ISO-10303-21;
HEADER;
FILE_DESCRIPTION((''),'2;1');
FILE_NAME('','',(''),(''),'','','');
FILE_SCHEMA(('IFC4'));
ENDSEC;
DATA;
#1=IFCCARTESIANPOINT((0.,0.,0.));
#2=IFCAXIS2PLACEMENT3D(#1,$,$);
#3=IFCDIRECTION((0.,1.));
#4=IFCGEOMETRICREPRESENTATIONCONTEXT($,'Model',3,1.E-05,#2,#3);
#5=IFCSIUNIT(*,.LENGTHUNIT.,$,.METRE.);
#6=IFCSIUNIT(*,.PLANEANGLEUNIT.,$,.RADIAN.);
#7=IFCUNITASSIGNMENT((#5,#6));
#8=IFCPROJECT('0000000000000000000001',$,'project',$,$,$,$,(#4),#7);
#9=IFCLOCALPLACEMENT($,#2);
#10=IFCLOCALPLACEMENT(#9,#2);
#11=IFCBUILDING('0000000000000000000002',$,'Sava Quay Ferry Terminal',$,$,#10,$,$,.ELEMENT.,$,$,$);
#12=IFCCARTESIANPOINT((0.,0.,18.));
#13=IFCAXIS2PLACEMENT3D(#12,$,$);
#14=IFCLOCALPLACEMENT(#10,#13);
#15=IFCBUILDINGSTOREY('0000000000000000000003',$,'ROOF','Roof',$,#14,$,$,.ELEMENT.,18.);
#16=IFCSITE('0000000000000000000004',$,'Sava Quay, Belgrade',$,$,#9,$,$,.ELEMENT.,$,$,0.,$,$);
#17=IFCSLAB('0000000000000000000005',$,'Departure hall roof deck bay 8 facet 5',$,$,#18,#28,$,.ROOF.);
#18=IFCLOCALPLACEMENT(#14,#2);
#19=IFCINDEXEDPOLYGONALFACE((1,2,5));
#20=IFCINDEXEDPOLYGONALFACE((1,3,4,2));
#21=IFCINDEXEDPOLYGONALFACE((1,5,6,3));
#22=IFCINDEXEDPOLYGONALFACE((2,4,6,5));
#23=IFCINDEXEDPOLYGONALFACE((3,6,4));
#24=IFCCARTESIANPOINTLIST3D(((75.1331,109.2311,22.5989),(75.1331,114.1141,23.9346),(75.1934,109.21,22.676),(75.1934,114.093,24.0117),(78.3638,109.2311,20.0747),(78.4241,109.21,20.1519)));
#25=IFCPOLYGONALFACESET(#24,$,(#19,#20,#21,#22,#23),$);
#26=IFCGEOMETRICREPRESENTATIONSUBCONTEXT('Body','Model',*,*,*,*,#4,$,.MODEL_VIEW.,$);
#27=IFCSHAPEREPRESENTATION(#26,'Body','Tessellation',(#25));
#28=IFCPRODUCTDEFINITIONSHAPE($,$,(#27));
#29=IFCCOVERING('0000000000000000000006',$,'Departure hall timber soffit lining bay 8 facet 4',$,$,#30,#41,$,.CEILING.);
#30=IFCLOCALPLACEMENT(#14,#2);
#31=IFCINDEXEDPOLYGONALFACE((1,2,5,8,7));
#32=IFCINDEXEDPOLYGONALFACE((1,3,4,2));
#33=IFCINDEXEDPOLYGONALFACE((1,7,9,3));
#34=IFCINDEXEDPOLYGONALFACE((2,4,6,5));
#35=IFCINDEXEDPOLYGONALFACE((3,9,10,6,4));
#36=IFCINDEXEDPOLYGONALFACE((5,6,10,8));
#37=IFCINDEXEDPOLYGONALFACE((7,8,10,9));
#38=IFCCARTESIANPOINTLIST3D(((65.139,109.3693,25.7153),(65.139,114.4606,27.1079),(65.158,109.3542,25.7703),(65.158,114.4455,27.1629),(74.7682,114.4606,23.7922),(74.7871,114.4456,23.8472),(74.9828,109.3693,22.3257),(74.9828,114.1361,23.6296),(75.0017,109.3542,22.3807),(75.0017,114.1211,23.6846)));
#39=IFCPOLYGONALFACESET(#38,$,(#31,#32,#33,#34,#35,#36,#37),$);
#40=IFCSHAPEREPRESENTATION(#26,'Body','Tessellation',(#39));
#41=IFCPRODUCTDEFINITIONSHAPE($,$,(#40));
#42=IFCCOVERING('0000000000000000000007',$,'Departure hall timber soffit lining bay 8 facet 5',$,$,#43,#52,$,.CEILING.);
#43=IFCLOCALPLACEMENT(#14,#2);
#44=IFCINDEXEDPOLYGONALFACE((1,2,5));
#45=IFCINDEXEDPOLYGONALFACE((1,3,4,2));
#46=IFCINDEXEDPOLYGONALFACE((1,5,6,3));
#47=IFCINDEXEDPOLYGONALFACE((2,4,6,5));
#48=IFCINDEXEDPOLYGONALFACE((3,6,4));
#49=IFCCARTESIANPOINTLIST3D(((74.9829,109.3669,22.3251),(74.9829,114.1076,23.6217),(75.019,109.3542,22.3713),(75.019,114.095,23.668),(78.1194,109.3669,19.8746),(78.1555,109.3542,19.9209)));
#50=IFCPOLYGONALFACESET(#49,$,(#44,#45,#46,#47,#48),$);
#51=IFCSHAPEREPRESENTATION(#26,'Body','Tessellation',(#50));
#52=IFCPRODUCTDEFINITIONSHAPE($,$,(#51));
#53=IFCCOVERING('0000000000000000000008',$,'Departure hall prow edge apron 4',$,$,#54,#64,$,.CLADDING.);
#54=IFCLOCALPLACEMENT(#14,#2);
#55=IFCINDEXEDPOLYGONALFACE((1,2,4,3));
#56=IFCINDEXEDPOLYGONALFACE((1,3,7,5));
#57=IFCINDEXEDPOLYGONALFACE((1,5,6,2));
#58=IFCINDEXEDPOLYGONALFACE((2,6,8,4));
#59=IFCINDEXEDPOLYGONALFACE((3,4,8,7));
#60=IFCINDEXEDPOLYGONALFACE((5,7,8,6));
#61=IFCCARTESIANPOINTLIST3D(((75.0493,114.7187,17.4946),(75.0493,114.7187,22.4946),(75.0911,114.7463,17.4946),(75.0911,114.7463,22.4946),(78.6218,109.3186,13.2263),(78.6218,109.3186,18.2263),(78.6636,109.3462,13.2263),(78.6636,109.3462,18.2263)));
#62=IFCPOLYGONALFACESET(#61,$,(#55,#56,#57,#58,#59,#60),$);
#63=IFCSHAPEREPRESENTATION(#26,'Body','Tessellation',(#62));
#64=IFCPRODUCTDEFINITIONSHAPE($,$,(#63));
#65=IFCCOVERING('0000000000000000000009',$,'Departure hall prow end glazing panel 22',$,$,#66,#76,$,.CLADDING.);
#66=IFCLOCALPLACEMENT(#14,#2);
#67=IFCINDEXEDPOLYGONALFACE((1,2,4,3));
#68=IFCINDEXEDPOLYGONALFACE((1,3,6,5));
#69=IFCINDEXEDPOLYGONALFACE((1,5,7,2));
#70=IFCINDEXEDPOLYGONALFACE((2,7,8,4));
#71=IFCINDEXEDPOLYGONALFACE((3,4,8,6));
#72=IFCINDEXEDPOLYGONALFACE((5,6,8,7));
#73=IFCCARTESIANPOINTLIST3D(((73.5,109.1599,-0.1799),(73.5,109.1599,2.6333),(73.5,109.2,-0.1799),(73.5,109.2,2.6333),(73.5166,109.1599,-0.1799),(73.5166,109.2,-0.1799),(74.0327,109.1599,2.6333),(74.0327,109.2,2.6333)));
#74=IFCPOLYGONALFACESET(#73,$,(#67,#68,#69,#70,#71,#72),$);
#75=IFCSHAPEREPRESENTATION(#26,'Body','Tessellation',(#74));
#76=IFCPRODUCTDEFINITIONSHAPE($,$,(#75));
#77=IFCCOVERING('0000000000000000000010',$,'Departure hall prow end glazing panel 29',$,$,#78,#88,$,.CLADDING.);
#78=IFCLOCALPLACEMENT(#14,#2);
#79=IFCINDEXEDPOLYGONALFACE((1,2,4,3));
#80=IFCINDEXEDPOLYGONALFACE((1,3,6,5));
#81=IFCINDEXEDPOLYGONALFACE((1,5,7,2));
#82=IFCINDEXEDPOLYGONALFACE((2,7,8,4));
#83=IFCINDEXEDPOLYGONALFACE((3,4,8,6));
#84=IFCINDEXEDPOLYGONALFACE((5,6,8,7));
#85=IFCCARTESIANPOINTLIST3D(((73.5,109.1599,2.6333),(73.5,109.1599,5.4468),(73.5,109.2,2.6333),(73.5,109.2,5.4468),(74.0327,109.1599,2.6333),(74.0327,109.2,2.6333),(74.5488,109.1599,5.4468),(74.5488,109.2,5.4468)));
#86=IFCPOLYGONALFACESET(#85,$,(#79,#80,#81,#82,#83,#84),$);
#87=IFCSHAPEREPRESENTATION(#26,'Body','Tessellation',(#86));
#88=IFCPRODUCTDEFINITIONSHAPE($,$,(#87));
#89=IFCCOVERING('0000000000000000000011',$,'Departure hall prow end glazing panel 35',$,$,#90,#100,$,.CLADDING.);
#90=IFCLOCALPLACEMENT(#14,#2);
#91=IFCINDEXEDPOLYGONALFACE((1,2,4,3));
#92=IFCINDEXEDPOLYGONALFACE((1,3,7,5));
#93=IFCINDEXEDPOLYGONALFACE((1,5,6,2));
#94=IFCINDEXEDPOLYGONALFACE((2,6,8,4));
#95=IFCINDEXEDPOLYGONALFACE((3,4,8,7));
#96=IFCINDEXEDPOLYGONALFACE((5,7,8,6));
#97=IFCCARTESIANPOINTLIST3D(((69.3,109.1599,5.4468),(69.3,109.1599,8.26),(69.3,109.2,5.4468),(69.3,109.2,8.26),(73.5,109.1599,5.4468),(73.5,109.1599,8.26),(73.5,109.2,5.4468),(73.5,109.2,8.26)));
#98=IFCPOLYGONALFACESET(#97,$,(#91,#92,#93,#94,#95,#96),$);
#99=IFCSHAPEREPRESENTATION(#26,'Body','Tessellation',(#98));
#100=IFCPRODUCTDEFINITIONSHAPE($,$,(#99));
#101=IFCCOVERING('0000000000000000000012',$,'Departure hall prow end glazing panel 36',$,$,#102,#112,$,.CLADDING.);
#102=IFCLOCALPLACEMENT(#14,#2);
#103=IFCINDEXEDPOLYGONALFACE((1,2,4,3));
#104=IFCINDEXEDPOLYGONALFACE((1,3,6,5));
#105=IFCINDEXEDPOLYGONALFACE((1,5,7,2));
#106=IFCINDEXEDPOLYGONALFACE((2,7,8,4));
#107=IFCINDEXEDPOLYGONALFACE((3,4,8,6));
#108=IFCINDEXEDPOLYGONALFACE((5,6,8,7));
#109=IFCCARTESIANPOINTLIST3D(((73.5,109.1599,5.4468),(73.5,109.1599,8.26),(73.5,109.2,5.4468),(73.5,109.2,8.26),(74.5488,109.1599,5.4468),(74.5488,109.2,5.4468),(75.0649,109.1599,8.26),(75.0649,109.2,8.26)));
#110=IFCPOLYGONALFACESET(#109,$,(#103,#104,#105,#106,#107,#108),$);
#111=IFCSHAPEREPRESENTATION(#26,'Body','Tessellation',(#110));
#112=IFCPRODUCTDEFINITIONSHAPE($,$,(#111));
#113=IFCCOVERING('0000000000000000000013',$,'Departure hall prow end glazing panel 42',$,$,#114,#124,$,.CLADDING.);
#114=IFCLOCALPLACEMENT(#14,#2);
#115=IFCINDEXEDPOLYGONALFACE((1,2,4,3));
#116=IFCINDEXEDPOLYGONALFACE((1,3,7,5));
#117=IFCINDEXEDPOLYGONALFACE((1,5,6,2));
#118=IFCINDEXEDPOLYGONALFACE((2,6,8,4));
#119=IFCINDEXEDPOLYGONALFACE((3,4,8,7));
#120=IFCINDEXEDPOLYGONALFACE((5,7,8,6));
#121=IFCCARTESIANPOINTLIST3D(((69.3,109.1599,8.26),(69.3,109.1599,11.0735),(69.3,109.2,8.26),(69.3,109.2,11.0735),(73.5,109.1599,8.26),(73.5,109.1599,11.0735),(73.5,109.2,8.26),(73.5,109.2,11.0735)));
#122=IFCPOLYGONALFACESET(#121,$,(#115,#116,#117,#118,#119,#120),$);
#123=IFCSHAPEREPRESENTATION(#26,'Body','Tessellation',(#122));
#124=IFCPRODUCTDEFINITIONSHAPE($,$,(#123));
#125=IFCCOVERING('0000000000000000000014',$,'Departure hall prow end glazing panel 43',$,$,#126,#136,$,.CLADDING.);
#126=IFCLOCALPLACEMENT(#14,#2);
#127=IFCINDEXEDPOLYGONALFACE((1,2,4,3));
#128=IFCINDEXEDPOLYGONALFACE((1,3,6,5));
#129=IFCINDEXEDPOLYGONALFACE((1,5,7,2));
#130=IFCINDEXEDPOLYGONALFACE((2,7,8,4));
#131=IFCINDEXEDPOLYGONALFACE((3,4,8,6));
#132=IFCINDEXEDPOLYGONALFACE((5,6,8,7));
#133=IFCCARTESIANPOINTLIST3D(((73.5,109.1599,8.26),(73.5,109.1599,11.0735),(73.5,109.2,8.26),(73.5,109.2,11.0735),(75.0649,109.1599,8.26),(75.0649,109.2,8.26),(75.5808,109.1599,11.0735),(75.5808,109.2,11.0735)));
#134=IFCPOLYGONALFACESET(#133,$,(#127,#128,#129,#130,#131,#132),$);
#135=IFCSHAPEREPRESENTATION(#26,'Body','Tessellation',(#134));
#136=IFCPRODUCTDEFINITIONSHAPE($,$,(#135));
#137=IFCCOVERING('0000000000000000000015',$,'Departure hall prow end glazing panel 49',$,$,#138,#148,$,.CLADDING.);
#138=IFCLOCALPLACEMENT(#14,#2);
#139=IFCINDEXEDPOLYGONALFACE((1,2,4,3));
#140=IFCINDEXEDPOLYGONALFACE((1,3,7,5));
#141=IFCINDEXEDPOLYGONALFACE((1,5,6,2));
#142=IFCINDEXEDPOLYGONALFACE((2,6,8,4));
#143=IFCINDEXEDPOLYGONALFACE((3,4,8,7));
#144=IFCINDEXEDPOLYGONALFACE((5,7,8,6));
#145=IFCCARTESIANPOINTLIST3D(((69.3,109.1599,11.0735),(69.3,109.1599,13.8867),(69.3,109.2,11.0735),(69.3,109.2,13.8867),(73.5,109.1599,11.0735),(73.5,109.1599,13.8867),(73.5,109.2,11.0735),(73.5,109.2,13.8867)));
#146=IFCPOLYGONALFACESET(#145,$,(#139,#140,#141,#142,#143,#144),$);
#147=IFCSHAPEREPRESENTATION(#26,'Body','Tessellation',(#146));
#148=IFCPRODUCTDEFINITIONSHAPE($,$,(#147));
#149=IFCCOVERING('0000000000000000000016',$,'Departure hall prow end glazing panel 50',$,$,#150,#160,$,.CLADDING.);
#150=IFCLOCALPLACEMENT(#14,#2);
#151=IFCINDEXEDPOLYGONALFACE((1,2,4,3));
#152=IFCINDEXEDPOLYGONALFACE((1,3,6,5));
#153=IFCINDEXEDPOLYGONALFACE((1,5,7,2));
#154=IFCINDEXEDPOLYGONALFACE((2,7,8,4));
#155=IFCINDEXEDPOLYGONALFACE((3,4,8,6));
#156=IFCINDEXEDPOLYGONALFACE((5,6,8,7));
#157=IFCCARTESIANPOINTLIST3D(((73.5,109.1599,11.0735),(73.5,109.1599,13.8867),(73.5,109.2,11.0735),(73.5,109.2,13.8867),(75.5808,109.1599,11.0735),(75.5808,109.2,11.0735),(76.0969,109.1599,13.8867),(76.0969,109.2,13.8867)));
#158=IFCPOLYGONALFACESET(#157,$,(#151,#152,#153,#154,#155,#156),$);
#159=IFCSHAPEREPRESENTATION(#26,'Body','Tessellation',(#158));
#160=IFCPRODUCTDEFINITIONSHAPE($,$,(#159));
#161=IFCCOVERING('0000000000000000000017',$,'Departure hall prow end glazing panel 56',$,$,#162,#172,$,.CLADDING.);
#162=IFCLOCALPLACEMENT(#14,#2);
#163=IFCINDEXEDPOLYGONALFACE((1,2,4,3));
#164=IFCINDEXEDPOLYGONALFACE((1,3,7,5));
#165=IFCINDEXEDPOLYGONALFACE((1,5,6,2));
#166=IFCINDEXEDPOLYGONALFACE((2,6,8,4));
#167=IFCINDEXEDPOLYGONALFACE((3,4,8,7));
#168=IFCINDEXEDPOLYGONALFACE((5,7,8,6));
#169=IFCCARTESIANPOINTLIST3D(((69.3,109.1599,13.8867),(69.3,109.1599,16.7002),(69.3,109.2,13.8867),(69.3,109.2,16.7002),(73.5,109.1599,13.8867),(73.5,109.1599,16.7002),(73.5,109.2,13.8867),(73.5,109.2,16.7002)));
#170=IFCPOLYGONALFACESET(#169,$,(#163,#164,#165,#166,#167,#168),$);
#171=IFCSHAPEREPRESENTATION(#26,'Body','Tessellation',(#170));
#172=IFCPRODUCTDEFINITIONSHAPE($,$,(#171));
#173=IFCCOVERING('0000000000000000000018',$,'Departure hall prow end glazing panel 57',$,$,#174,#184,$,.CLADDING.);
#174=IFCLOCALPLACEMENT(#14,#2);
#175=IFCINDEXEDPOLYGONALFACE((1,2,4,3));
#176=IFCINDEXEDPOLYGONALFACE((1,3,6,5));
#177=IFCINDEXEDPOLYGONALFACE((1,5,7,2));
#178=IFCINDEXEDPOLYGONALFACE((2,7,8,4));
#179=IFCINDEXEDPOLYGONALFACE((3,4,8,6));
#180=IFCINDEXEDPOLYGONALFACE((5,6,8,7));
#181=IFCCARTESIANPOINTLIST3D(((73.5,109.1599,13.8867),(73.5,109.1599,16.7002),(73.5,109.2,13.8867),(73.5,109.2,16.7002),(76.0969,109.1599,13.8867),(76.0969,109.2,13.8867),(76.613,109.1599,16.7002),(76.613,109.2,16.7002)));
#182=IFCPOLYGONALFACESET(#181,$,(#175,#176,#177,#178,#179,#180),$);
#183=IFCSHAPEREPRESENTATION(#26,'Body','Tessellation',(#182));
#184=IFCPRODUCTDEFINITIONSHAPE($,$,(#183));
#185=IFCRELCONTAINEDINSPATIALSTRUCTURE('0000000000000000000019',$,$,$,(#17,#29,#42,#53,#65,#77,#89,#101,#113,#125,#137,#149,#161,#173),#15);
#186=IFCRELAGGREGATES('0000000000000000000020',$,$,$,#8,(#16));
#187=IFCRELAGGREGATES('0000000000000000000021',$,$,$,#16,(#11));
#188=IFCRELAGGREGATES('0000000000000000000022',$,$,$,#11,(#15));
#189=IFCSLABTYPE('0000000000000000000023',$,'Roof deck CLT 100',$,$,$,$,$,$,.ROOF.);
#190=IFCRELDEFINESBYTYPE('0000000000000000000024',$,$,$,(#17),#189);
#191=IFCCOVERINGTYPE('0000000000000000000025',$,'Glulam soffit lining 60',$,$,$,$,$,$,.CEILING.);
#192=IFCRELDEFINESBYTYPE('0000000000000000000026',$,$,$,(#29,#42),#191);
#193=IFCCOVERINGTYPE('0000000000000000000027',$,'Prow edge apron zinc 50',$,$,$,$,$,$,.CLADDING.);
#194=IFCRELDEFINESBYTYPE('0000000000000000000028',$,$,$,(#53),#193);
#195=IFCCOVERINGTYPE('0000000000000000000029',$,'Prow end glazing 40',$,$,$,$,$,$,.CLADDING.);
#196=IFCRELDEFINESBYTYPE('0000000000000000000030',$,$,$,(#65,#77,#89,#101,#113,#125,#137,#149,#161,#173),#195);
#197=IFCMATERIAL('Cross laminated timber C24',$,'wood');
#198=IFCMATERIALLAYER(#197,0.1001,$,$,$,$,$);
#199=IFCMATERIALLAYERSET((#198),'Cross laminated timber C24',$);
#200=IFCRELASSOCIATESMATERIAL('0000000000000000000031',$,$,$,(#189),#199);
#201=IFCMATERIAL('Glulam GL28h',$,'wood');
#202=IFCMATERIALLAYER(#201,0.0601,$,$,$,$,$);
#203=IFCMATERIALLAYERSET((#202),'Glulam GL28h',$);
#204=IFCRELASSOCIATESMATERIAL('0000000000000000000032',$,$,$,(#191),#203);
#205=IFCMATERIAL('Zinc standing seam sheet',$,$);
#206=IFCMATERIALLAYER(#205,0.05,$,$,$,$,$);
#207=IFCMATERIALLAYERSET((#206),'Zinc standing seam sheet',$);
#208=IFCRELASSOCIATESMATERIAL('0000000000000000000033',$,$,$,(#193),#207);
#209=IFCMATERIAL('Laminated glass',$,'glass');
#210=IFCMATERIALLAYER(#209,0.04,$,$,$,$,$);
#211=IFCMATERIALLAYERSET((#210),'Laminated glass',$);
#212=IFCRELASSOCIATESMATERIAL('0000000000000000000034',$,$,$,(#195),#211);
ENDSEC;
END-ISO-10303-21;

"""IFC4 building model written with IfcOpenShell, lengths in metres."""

from ifc_helpers import new_model, si_unit, direction, frame, origin, place, context, subcontext, project, spatial, polyline, outline, extrude, material, layer, layer_set, type_object, element, save


model = new_model("IFC4")

# Units and contexts
model_context = context("Model", 3, precision=1e-05, world=origin(), true_north=direction((0.0, 1.0)))
body_context = subcontext(model_context, "Body", "Model", "MODEL_VIEW")
ifc_project = project(units=[si_unit("LENGTHUNIT", "METRE"), si_unit("PLANEANGLEUNIT", "RADIAN")], contexts=[model_context])

# Site, building, storey
site_placement = place(None, origin())
site = spatial("IfcSite", under=ifc_project, at=site_placement, Name="Sava Quay, Belgrade", CompositionType="ELEMENT", RefElevation=0.0)
building_placement = place(site_placement, origin())
building = spatial("IfcBuilding", under=site, at=building_placement, Name="Sava Quay Ferry Terminal", CompositionType="ELEMENT")
storey_placement = place(building_placement, frame((0.0, 0.0, 18.0)))
storey = spatial("IfcBuildingStorey", under=building, at=storey_placement, Name="ROOF", Description="Roof", CompositionType="ELEMENT", Elevation=18.0)

# Slab
ifc_material_1 = material(Name="Cross laminated timber C24", Category="wood")
ifc_layer_1 = layer(ifc_material_1, 0.1001)
ifc_layer_set_1 = layer_set([ifc_layer_1], Name="Cross laminated timber C24")
slab_type = type_object("IfcSlabType", Name="Roof deck CLT 100", PredefinedType="ROOF", material=ifc_layer_set_1)
slab_1_placement = place(storey_placement, frame((75.1934, 109.21, 22.676), z_axis=(0.601848, -0.210708, 0.770312), x_axis=(0.0, 0.964565, 0.263844)))
element("IfcSlab", 1, at=slab_1_placement, inside=storey, type_object=slab_type, Name="Departure hall roof deck bay 8 facet 5", PredefinedType="ROOF", context=body_context, shape_type="SweptSolid", body=[
    extrude(outline(polyline([(0.0, 0.0), (5.0624, 0.0), (-0.666, -4.0454), (0.0, 0.0)])), origin(), (0.0, 0.0, -1.0), 0.1001),
])

# Coverings
ifc_material_2 = material(Name="Glulam GL28h", Category="wood")
ifc_layer_2 = layer(ifc_material_2, 0.0601)
ifc_layer_set_2 = layer_set([ifc_layer_2], Name="Glulam GL28h")
covering_type_1 = type_object("IfcCoveringType", Name="Glulam soffit lining 60", PredefinedType="CEILING", material=ifc_layer_set_2)
covering_1_placement = place(storey_placement, frame((65.158, 109.3542, 25.7703), z_axis=(0.315206, -0.250387, 0.915397), x_axis=(0.000002, 0.964568, 0.263836)))
element("IfcCovering", 2, at=covering_1_placement, inside=storey, type_object=covering_type_1, Name="Departure hall timber soffit lining bay 8 facet 4", PredefinedType="CEILING", context=body_context, shape_type="SweptSolid", body=[
    extrude(outline(polyline([(0.0, 0.0), (5.2783, 0.0), (4.4036, -10.1464), (4.0477, -10.3725), (-0.8943, -10.3725), (0.0, 0.0)])), origin(), (0.0, 0.0, -1.0), 0.0601),
])
covering_2_placement = place(storey_placement, frame((75.019, 109.3542, 22.3713), z_axis=(0.601835, -0.210691, 0.770327), x_axis=(0.0, 0.964572, 0.263819)))
element("IfcCovering", 3, at=covering_2_placement, inside=storey, type_object=covering_type_1, Name="Departure hall timber soffit lining bay 8 facet 5", PredefinedType="CEILING", context=body_context, shape_type="SweptSolid", body=[
    extrude(outline(polyline([(0.0, 0.0), (4.9148, 0.0), (-0.6465, -3.9274), (0.0, 0.0)])), origin(), (0.0, 0.0, -1.0), 0.0601),
])
ifc_material_3 = material(Name="Zinc standing seam sheet")
ifc_layer_3 = layer(ifc_material_3, 0.05)
ifc_layer_set_3 = layer_set([ifc_layer_3], Name="Zinc standing seam sheet")
covering_type_2 = type_object("IfcCoveringType", Name="Prow edge apron zinc 50", PredefinedType="CLADDING", material=ifc_layer_set_3)
covering_3_placement = place(storey_placement, frame((78.6636, 109.3462, 13.2263), z_axis=(0.834012, 0.551747, 0.0), x_axis=(-0.460661, 0.696327, 0.550382)))
element("IfcCovering", 4, at=covering_3_placement, inside=storey, type_object=covering_type_2, Name="Departure hall prow edge apron 4", PredefinedType="CLADDING", context=body_context, shape_type="SweptSolid", body=[
    extrude(outline(polyline([(0.0, 0.0), (7.7552, 0.0), (10.5071, 4.1746), (2.7519, 4.1746), (0.0, 0.0)])), origin(), (0.0, 0.0, -1.0), 0.05),
])
ifc_material_4 = material(Name="Laminated glass", Category="glass")
ifc_layer_4 = layer(ifc_material_4, 0.04)
ifc_layer_set_4 = layer_set([ifc_layer_4], Name="Laminated glass")
covering_type_3 = type_object("IfcCoveringType", Name="Prow end glazing 40", PredefinedType="CLADDING", material=ifc_layer_set_4)
covering_4_placement = place(storey_placement, frame((73.5166, 109.2, -0.1799), z_axis=(0.0, 1.0, 0.0), x_axis=(-1.0, 0.0, 0.0)))
element("IfcCovering", 5, at=covering_4_placement, inside=storey, type_object=covering_type_3, Name="Departure hall prow end glazing panel 22", PredefinedType="CLADDING", context=body_context, shape_type="SweptSolid", body=[
    extrude(outline(polyline([(0.0, 0.0), (0.0166, 0.0), (0.0166, 2.8132), (-0.5161, 2.8132), (0.0, 0.0)])), origin(), (0.0, 0.0, -1.0), 0.04),
])
covering_5_placement = place(storey_placement, frame((74.0327, 109.2, 2.6333), z_axis=(0.0, 1.0, 0.0), x_axis=(-1.0, 0.0, 0.0)))
element("IfcCovering", 6, at=covering_5_placement, inside=storey, type_object=covering_type_3, Name="Departure hall prow end glazing panel 29", PredefinedType="CLADDING", context=body_context, shape_type="SweptSolid", body=[
    extrude(outline(polyline([(0.0, 0.0), (0.5327, 0.0), (0.5327, 2.8135), (-0.5161, 2.8135), (0.0, 0.0)])), origin(), (0.0, 0.0, -1.0), 0.04),
])
covering_6_placement = place(storey_placement, frame((69.3, 109.2, 5.4468), z_axis=(0.0, 1.0, 0.0), x_axis=(0.0, 0.0, 1.0)))
element("IfcCovering", 7, at=covering_6_placement, inside=storey, type_object=covering_type_3, Name="Departure hall prow end glazing panel 35", PredefinedType="CLADDING", context=body_context, shape_type="SweptSolid", body=[
    extrude(outline(polyline([(0.0, 0.0), (2.8132, 0.0), (2.8132, 4.2), (0.0, 4.2), (0.0, 0.0)])), origin(), (0.0, 0.0, -1.0), 0.04),
])
covering_7_placement = place(storey_placement, frame((74.5488, 109.2, 5.4468), z_axis=(0.0, 1.0, 0.0), x_axis=(-1.0, 0.0, 0.0)))
element("IfcCovering", 8, at=covering_7_placement, inside=storey, type_object=covering_type_3, Name="Departure hall prow end glazing panel 36", PredefinedType="CLADDING", context=body_context, shape_type="SweptSolid", body=[
    extrude(outline(polyline([(0.0, 0.0), (1.0488, 0.0), (1.0488, 2.8132), (-0.5161, 2.8132), (0.0, 0.0)])), origin(), (0.0, 0.0, -1.0), 0.04),
])
covering_8_placement = place(storey_placement, frame((69.3, 109.2, 8.26), z_axis=(0.0, 1.0, 0.0), x_axis=(0.0, 0.0, 1.0)))
element("IfcCovering", 9, at=covering_8_placement, inside=storey, type_object=covering_type_3, Name="Departure hall prow end glazing panel 42", PredefinedType="CLADDING", context=body_context, shape_type="SweptSolid", body=[
    extrude(outline(polyline([(0.0, 0.0), (2.8135, 0.0), (2.8135, 4.2), (0.0, 4.2), (0.0, 0.0)])), origin(), (0.0, 0.0, -1.0), 0.04),
])
covering_9_placement = place(storey_placement, frame((75.0649, 109.2, 8.26), z_axis=(0.0, 1.0, 0.0), x_axis=(-1.0, 0.0, 0.0)))
element("IfcCovering", 10, at=covering_9_placement, inside=storey, type_object=covering_type_3, Name="Departure hall prow end glazing panel 43", PredefinedType="CLADDING", context=body_context, shape_type="SweptSolid", body=[
    extrude(outline(polyline([(0.0, 0.0), (1.5649, 0.0), (1.5649, 2.8135), (-0.5159, 2.8135), (0.0, 0.0)])), origin(), (0.0, 0.0, -1.0), 0.04),
])
covering_10_placement = place(storey_placement, frame((69.3, 109.2, 11.0735), z_axis=(0.0, 1.0, 0.0), x_axis=(0.0, 0.0, 1.0)))
element("IfcCovering", 11, at=covering_10_placement, inside=storey, type_object=covering_type_3, Name="Departure hall prow end glazing panel 49", PredefinedType="CLADDING", context=body_context, shape_type="SweptSolid", body=[
    extrude(outline(polyline([(0.0, 0.0), (2.8132, 0.0), (2.8132, 4.2), (0.0, 4.2), (0.0, 0.0)])), origin(), (0.0, 0.0, -1.0), 0.04),
])
covering_11_placement = place(storey_placement, frame((75.5808, 109.2, 11.0735), z_axis=(0.0, 1.0, 0.0), x_axis=(-1.0, 0.0, 0.0)))
element("IfcCovering", 12, at=covering_11_placement, inside=storey, type_object=covering_type_3, Name="Departure hall prow end glazing panel 50", PredefinedType="CLADDING", context=body_context, shape_type="SweptSolid", body=[
    extrude(outline(polyline([(0.0, 0.0), (2.0808, 0.0), (2.0808, 2.8132), (-0.5161, 2.8132), (0.0, 0.0)])), origin(), (0.0, 0.0, -1.0), 0.04),
])
covering_12_placement = place(storey_placement, frame((69.3, 109.2, 13.8867), z_axis=(0.0, 1.0, 0.0), x_axis=(0.0, 0.0, 1.0)))
element("IfcCovering", 13, at=covering_12_placement, inside=storey, type_object=covering_type_3, Name="Departure hall prow end glazing panel 56", PredefinedType="CLADDING", context=body_context, shape_type="SweptSolid", body=[
    extrude(outline(polyline([(0.0, 0.0), (2.8135, 0.0), (2.8135, 4.2), (0.0, 4.2), (0.0, 0.0)])), origin(), (0.0, 0.0, -1.0), 0.04),
])
covering_13_placement = place(storey_placement, frame((76.0969, 109.2, 13.8867), z_axis=(0.0, 1.0, 0.0), x_axis=(-1.0, 0.0, 0.0)))
element("IfcCovering", 14, at=covering_13_placement, inside=storey, type_object=covering_type_3, Name="Departure hall prow end glazing panel 57", PredefinedType="CLADDING", context=body_context, shape_type="SweptSolid", body=[
    extrude(outline(polyline([(0.0, 0.0), (2.5969, 0.0), (2.5969, 2.8135), (-0.5161, 2.8135), (0.0, 0.0)])), origin(), (0.0, 0.0, -1.0), 0.04),
])

save(model, "model.ifc")
